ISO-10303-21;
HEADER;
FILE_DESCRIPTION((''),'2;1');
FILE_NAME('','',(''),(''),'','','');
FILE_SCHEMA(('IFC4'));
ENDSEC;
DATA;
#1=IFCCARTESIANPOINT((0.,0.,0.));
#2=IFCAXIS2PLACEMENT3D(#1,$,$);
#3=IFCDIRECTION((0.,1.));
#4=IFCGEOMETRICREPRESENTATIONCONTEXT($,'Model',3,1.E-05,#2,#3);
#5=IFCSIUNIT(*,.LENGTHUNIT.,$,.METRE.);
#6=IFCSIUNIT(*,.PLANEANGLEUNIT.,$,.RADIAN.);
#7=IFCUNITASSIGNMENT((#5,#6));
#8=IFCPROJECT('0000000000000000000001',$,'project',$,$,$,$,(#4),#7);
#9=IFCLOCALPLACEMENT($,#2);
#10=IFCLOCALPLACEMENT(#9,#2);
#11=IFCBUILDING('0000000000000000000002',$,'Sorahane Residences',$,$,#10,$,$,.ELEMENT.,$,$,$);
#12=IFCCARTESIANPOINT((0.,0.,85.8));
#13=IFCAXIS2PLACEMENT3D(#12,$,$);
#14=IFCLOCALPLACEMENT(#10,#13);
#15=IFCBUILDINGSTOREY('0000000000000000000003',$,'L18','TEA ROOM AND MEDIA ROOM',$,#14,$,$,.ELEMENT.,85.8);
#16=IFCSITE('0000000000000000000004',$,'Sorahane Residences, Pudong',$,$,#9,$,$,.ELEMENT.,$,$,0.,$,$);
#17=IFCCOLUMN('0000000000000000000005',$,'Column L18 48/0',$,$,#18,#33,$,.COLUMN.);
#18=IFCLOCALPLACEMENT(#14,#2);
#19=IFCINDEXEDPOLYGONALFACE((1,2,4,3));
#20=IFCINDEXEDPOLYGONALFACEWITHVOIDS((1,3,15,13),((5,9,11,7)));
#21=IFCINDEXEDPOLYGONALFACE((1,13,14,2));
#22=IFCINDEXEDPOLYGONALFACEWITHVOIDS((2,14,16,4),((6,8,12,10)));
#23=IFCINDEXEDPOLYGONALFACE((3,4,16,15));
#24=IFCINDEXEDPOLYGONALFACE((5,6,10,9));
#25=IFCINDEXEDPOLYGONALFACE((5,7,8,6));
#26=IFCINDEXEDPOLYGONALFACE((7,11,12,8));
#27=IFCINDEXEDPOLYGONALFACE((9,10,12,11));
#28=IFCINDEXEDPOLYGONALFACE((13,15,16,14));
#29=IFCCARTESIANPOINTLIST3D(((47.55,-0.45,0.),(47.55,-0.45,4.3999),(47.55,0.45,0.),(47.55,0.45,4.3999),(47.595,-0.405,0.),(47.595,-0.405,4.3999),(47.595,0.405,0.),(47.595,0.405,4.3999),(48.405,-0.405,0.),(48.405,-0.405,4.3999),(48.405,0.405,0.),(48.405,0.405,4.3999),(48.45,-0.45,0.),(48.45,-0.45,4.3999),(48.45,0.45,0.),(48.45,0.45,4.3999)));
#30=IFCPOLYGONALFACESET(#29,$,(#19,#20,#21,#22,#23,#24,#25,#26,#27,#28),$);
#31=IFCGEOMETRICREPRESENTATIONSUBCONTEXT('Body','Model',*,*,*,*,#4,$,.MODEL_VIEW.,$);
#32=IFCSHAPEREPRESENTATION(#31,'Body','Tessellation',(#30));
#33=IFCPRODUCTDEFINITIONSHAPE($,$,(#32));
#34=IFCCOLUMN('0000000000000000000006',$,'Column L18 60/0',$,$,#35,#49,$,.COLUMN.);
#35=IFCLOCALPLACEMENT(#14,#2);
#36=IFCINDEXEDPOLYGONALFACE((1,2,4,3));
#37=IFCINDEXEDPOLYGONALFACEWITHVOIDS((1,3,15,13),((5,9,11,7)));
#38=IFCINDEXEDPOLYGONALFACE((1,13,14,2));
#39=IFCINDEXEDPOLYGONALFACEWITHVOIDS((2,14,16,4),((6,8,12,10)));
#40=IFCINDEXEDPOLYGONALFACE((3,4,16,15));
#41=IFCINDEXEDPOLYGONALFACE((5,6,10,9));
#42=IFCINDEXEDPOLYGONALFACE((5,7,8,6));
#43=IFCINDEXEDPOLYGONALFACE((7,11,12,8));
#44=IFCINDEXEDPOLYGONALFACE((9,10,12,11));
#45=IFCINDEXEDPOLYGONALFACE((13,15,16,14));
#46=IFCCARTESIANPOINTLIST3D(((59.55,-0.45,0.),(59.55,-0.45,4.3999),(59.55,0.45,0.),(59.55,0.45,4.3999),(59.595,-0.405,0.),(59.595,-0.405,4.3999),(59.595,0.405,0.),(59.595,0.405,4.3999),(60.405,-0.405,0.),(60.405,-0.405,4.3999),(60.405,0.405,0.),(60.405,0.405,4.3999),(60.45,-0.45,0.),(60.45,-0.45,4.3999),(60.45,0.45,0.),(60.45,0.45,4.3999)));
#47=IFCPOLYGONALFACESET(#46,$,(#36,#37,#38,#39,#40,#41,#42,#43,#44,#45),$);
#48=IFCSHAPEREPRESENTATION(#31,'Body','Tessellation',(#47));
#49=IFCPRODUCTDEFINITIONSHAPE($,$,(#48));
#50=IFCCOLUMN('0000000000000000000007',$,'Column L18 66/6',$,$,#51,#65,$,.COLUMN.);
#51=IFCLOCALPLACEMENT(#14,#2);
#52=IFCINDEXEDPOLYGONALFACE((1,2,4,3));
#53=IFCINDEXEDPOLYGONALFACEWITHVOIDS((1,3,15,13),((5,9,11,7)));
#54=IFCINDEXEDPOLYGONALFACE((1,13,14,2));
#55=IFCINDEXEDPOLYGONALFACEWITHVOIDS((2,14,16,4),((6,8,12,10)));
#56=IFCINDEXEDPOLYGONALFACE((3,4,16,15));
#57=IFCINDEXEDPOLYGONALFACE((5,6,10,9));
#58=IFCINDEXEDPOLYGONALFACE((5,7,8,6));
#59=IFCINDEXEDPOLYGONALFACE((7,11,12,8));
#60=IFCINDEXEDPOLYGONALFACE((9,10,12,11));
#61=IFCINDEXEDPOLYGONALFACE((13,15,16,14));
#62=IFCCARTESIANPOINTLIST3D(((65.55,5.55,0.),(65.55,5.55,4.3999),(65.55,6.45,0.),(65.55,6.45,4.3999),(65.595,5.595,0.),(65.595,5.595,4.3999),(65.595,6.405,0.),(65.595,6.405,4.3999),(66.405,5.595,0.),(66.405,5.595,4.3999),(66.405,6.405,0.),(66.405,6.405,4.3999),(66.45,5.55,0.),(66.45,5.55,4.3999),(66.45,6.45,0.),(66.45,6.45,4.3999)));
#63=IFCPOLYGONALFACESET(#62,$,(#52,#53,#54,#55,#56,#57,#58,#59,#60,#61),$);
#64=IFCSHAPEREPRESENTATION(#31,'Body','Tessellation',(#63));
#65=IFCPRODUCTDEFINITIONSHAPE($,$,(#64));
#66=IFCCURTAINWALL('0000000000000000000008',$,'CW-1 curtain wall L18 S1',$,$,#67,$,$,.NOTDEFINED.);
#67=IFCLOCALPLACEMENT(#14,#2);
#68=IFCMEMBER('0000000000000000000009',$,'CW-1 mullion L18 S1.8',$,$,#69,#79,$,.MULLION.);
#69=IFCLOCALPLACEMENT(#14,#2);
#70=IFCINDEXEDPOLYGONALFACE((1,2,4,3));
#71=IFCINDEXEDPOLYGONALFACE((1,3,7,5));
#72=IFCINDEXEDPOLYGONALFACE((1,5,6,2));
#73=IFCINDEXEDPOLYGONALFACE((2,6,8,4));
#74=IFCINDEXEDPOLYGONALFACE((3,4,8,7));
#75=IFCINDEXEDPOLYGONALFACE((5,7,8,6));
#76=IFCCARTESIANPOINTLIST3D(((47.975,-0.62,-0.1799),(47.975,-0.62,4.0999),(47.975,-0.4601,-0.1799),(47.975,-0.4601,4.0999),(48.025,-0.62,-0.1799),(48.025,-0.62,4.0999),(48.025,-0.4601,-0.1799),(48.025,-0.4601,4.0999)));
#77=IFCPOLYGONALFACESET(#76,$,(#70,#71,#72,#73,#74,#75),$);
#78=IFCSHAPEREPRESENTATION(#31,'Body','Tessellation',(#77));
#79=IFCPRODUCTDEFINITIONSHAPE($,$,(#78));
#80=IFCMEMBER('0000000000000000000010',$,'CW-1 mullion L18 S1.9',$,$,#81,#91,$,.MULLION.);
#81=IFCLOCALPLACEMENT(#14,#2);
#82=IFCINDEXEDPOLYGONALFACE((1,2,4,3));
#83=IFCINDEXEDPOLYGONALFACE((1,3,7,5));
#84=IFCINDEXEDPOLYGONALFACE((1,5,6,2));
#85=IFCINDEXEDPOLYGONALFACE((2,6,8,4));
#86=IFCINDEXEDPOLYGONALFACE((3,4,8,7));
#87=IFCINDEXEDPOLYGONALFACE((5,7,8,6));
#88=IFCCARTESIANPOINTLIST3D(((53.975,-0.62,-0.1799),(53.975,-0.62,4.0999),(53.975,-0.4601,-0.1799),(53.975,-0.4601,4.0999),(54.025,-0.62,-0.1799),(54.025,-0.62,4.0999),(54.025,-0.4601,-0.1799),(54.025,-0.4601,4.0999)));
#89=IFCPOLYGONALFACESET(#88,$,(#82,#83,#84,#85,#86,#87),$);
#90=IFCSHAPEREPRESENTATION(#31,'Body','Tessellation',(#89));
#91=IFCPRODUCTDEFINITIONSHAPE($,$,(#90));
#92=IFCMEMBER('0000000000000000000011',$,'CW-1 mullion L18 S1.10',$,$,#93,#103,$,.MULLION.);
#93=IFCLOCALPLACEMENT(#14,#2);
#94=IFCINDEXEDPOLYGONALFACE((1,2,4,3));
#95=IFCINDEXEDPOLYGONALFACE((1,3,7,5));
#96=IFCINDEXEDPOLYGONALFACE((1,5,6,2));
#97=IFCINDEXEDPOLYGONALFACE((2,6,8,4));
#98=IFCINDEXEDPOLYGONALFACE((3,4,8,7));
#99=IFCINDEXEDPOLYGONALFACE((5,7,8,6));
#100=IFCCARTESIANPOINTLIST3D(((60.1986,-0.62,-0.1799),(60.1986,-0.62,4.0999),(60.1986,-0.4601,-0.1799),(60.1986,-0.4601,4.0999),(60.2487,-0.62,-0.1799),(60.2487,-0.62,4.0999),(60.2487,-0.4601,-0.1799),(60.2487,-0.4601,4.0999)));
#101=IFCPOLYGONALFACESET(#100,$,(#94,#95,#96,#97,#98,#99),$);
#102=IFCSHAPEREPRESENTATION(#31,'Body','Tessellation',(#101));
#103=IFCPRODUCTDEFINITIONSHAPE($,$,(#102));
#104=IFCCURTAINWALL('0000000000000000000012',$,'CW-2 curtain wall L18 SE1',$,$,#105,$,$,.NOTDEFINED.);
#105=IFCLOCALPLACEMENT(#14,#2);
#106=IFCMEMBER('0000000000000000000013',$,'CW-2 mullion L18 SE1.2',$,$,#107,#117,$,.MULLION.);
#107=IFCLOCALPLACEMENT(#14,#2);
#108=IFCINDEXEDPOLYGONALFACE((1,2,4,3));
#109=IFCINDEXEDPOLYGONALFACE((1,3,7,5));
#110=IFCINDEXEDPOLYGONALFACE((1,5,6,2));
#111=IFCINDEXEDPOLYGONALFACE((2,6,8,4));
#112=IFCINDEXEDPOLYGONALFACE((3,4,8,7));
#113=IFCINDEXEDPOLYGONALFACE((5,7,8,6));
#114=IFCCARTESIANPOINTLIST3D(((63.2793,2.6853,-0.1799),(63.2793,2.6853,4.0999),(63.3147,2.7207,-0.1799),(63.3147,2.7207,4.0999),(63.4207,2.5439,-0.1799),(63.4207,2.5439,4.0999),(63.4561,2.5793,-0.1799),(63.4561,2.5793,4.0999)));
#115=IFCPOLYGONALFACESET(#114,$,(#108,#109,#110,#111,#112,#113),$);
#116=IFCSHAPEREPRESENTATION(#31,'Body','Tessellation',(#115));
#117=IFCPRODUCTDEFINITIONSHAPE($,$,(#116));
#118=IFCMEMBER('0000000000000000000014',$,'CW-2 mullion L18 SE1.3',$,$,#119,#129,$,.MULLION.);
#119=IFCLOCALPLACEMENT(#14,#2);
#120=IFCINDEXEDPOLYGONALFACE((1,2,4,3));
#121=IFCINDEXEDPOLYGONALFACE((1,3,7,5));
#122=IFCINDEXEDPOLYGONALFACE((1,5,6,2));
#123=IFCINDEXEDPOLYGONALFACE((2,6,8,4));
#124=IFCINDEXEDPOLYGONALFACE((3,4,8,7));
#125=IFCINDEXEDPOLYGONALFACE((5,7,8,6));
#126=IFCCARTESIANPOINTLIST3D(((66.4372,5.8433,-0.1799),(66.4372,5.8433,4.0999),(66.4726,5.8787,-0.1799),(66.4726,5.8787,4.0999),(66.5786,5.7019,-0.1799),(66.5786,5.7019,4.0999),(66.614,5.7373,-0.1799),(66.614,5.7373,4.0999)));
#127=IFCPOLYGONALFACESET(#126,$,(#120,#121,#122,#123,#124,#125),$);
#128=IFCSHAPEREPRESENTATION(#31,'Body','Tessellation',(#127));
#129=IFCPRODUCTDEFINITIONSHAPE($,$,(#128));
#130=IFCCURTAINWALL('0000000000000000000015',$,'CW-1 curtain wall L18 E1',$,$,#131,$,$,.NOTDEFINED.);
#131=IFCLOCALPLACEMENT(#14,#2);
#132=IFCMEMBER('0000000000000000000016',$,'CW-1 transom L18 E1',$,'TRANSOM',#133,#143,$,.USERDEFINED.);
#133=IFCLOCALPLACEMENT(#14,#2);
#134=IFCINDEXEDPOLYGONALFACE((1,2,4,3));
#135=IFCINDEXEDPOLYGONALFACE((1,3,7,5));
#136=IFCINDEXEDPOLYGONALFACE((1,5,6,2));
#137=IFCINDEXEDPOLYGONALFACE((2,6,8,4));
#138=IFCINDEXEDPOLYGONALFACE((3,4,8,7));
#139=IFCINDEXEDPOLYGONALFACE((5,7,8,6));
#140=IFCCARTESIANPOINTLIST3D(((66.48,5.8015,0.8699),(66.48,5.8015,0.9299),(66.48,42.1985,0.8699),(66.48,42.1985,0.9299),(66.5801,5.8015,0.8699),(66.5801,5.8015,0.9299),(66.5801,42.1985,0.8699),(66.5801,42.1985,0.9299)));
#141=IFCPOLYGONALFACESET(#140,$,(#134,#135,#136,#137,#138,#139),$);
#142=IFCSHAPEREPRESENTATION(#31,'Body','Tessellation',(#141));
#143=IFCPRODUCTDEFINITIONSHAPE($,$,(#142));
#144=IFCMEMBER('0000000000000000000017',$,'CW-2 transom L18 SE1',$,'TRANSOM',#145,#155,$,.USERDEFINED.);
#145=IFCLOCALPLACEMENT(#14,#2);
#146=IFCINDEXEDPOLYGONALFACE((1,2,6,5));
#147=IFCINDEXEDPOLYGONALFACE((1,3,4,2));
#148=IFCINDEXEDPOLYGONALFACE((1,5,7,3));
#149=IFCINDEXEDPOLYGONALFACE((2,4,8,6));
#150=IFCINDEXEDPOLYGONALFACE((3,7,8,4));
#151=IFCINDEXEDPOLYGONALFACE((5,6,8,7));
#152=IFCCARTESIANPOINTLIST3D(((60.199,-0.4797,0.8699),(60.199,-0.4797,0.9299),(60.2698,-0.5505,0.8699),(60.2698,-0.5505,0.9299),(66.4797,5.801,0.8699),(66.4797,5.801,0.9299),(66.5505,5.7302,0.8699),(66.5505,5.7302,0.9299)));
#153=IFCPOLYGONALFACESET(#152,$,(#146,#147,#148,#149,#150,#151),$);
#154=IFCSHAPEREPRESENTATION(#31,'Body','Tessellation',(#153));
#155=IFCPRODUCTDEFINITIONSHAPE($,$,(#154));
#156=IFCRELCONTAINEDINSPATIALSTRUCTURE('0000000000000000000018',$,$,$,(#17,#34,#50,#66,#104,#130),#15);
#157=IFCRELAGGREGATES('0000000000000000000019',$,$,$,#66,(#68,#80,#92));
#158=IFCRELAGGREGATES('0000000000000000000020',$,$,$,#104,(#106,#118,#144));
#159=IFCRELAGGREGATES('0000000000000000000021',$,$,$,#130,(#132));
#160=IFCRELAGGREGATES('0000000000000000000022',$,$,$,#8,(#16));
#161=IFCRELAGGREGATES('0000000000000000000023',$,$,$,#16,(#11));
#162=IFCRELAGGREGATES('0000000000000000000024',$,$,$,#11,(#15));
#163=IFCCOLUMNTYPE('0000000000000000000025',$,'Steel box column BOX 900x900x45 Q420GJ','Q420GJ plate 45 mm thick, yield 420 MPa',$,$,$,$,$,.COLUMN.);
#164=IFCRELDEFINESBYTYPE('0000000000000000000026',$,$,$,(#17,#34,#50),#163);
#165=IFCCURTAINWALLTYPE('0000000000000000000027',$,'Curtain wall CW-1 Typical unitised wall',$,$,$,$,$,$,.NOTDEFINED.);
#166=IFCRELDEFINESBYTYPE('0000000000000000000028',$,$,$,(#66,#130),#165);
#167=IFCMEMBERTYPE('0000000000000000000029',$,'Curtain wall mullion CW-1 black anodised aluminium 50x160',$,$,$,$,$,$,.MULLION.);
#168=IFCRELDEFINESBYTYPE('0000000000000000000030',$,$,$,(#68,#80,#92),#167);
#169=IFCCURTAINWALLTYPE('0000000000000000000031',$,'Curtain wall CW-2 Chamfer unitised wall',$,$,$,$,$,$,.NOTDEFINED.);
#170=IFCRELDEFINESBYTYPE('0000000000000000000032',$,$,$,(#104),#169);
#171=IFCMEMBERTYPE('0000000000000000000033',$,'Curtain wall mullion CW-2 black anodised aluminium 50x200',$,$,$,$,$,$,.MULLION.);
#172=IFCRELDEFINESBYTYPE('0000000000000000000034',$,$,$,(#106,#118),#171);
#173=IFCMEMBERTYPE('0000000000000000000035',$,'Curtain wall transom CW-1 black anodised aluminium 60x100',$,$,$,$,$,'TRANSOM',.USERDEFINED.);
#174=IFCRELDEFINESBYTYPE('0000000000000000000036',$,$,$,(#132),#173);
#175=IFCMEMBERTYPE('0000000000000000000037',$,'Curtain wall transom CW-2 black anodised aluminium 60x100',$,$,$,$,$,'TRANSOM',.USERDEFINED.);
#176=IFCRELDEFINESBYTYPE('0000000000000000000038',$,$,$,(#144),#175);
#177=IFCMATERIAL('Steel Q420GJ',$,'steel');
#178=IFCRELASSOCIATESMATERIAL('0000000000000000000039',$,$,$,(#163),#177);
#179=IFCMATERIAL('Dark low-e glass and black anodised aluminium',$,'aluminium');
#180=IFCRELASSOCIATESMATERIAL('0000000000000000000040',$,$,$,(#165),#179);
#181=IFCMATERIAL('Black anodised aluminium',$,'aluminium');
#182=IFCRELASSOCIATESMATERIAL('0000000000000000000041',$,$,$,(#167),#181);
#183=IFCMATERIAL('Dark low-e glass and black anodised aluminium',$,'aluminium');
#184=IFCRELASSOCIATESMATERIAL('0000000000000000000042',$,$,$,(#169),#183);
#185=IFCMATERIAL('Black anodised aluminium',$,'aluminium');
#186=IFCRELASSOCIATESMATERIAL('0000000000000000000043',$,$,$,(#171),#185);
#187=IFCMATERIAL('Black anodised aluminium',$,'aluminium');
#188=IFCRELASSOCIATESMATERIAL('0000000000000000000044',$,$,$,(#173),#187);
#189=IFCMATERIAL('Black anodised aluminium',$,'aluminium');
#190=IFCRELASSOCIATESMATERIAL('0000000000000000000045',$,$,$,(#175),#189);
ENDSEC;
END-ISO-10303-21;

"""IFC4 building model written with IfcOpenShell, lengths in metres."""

from ifc_helpers import new_model, si_unit, direction, frame, origin, origin_2d, place, context, subcontext, project, spatial, rectangle, hollow_rectangle, extrude, material, material_profile, profile_set, type_object, element, aggregate, save


model = new_model("IFC4")

# Units and contexts
model_context = context("Model", 3, precision=1e-05, world=origin(), true_north=direction((0.0, 1.0)))
body_context = subcontext(model_context, "Body", "Model", "MODEL_VIEW")
ifc_project = project(units=[si_unit("LENGTHUNIT", "METRE"), si_unit("PLANEANGLEUNIT", "RADIAN")], contexts=[model_context])

# Site, building, storey
site_placement = place(None, origin())
site = spatial("IfcSite", under=ifc_project, at=site_placement, Name="Sorahane Residences, Pudong", CompositionType="ELEMENT", RefElevation=0.0)
building_placement = place(site_placement, origin())
building = spatial("IfcBuilding", under=site, at=building_placement, Name="Sorahane Residences", CompositionType="ELEMENT")
storey_placement = place(building_placement, frame((0.0, 0.0, 85.8)))
storey = spatial("IfcBuildingStorey", under=building, at=storey_placement, Name="L18", Description="TEA ROOM AND MEDIA ROOM", CompositionType="ELEMENT", Elevation=85.8)

# Columns
ifc_material_1 = material(Name="Steel Q420GJ", Category="steel")
ifc_material_profile_1 = material_profile(ifc_material_1, hollow_rectangle(XDim=0.8999, YDim=0.8999, WallThickness=0.0449, at=origin_2d()), Name="BOX 900x900x45")
ifc_profile_set_1 = profile_set([ifc_material_profile_1], Name="Steel Q420GJ")
column_type = type_object("IfcColumnType", Name="Steel box column BOX 900x900x45 Q420GJ", Description="Q420GJ plate 45 mm thick, yield 420 MPa", PredefinedType="COLUMN", material=ifc_profile_set_1)
for number, where, z_axis, x_axis, name in (
    (1, (48.0, 0.0, 0.0), (0.0, 0.0, 1.0), (1.0, 0.0, 0.0), "Column L18 48/0"),
    (2, (60.0, 0.0, 0.0), (0.0, 0.0, 1.0), (1.0, 0.0, 0.0), "Column L18 60/0"),
    (3, (66.0, 6.0, 0.0), (0.0, 0.0, 1.0), (1.0, 0.0, 0.0), "Column L18 66/6"),
):
    element("IfcColumn", number, at=place(storey_placement, frame(where, z_axis=z_axis, x_axis=x_axis)), inside=storey, type_object=column_type, Name=name, PredefinedType="COLUMN", context=body_context, shape_type="SweptSolid", body=[
        extrude(hollow_rectangle(XDim=0.8999, YDim=0.8999, WallThickness=0.0449, at=origin_2d()), origin(), (0.0, 0.0, 1.0), 4.3999),
    ])

# Curtain walls, members
ifc_material_2 = material(Name="Dark low-e glass and black anodised aluminium", Category="aluminium")
curtain_wall_type_1 = type_object("IfcCurtainWallType", Name="Curtain wall CW-1 Typical unitised wall", PredefinedType="NOTDEFINED", material=ifc_material_2)
curtain_wall_1_placement = place(storey_placement, origin())
curtain_wall_1 = element("IfcCurtainWall", 4, at=curtain_wall_1_placement, inside=storey, type_object=curtain_wall_type_1, Name="CW-1 curtain wall L18 S1", PredefinedType="NOTDEFINED")
ifc_material_3 = material(Name="Black anodised aluminium", Category="aluminium")
ifc_material_profile_2 = material_profile(ifc_material_3, rectangle(XDim=0.1599, YDim=0.05, at=origin_2d()), Name="Curtain wall mullion CW-1 black anodised aluminium 50x160")
ifc_profile_set_2 = profile_set([ifc_material_profile_2], Name="Black anodised aluminium")
member_type_1 = type_object("IfcMemberType", Name="Curtain wall mullion CW-1 black anodised aluminium 50x160", PredefinedType="MULLION", material=ifc_profile_set_2)
member_1_placement = place(storey_placement, frame((48.0, -0.54, -0.1799), z_axis=(0.0, 0.0, 1.0), x_axis=(0.0, -1.0, 0.0)))
member_1 = element("IfcMember", 5, at=member_1_placement, type_object=member_type_1, Name="CW-1 mullion L18 S1.8", PredefinedType="MULLION", context=body_context, shape_type="SweptSolid", body=[
    extrude(rectangle(XDim=0.1599, YDim=0.05, at=origin_2d()), origin(), (0.0, 0.0, 1.0), 4.2798),
])
member_2_placement = place(storey_placement, frame((54.0, -0.54, -0.1799), z_axis=(0.0, 0.0, 1.0), x_axis=(0.0, -1.0, 0.0)))
member_2 = element("IfcMember", 6, at=member_2_placement, type_object=member_type_1, Name="CW-1 mullion L18 S1.9", PredefinedType="MULLION", context=body_context, shape_type="SweptSolid", body=[
    extrude(rectangle(XDim=0.1599, YDim=0.05, at=origin_2d()), origin(), (0.0, 0.0, 1.0), 4.2798),
])
member_3_placement = place(storey_placement, frame((60.2236, -0.54, -0.1799), z_axis=(0.0, 0.0, 1.0), x_axis=(0.0, -1.0, 0.0)))
member_3 = element("IfcMember", 7, at=member_3_placement, type_object=member_type_1, Name="CW-1 mullion L18 S1.10", PredefinedType="MULLION", context=body_context, shape_type="SweptSolid", body=[
    extrude(rectangle(XDim=0.1599, YDim=0.05, at=origin_2d()), origin(), (0.0, 0.0, 1.0), 4.2798),
])
ifc_material_4 = material(Name="Dark low-e glass and black anodised aluminium", Category="aluminium")
curtain_wall_type_2 = type_object("IfcCurtainWallType", Name="Curtain wall CW-2 Chamfer unitised wall", PredefinedType="NOTDEFINED", material=ifc_material_4)
curtain_wall_2_placement = place(storey_placement, origin())
curtain_wall_2 = element("IfcCurtainWall", 8, at=curtain_wall_2_placement, inside=storey, type_object=curtain_wall_type_2, Name="CW-2 curtain wall L18 SE1", PredefinedType="NOTDEFINED")
ifc_material_5 = material(Name="Black anodised aluminium", Category="aluminium")
ifc_material_profile_3 = material_profile(ifc_material_5, rectangle(XDim=0.2, YDim=0.05, at=origin_2d()), Name="Curtain wall mullion CW-2 black anodised aluminium 50x200")
ifc_profile_set_3 = profile_set([ifc_material_profile_3], Name="Black anodised aluminium")
member_type_2 = type_object("IfcMemberType", Name="Curtain wall mullion CW-2 black anodised aluminium 50x200", PredefinedType="MULLION", material=ifc_profile_set_3)
member_4_placement = place(storey_placement, frame((63.3677, 2.6323, -0.1799), z_axis=(0.0, 0.0, 1.0), x_axis=(0.707107, -0.707107, 0.0)))
member_4 = element("IfcMember", 9, at=member_4_placement, type_object=member_type_2, Name="CW-2 mullion L18 SE1.2", PredefinedType="MULLION", context=body_context, shape_type="SweptSolid", body=[
    extrude(rectangle(XDim=0.2, YDim=0.05, at=origin_2d()), origin(), (0.0, 0.0, 1.0), 4.2798),
])
member_5_placement = place(storey_placement, frame((66.5256, 5.7903, -0.1799), z_axis=(0.0, 0.0, 1.0), x_axis=(0.707107, -0.707107, 0.0)))
member_5 = element("IfcMember", 10, at=member_5_placement, type_object=member_type_2, Name="CW-2 mullion L18 SE1.3", PredefinedType="MULLION", context=body_context, shape_type="SweptSolid", body=[
    extrude(rectangle(XDim=0.2, YDim=0.05, at=origin_2d()), origin(), (0.0, 0.0, 1.0), 4.2798),
])

# Curtain wall, member
curtain_wall_3_placement = place(storey_placement, origin())
curtain_wall_3 = element("IfcCurtainWall", 11, at=curtain_wall_3_placement, inside=storey, type_object=curtain_wall_type_1, Name="CW-1 curtain wall L18 E1", PredefinedType="NOTDEFINED")
ifc_material_6 = material(Name="Black anodised aluminium", Category="aluminium")
ifc_material_profile_4 = material_profile(ifc_material_6, rectangle(XDim=0.1001, YDim=0.0601, at=origin_2d()), Name="Curtain wall transom CW-1 black anodised aluminium 60x100")
ifc_profile_set_4 = profile_set([ifc_material_profile_4], Name="Black anodised aluminium")
member_type_3 = type_object("IfcMemberType", Name="Curtain wall transom CW-1 black anodised aluminium 60x100", ElementType="TRANSOM", PredefinedType="USERDEFINED", material=ifc_profile_set_4)
member_6_placement = place(storey_placement, frame((66.53, 5.8015, 0.8999), z_axis=(0.0, 1.0, 0.0), x_axis=(-1.0, 0.0, 0.0)))
member_6 = element("IfcMember", 12, at=member_6_placement, type_object=member_type_3, Name="CW-1 transom L18 E1", ObjectType="TRANSOM", PredefinedType="USERDEFINED", context=body_context, shape_type="SweptSolid", body=[
    extrude(rectangle(XDim=0.1001, YDim=0.0601, at=origin_2d()), origin(), (0.0, 0.0, 1.0), 36.397),
])

# Member
ifc_material_7 = material(Name="Black anodised aluminium", Category="aluminium")
ifc_material_profile_5 = material_profile(ifc_material_7, rectangle(XDim=0.1001, YDim=0.0601, at=origin_2d()), Name="Curtain wall transom CW-2 black anodised aluminium 60x100")
ifc_profile_set_5 = profile_set([ifc_material_profile_5], Name="Black anodised aluminium")
member_type_4 = type_object("IfcMemberType", Name="Curtain wall transom CW-2 black anodised aluminium 60x100", ElementType="TRANSOM", PredefinedType="USERDEFINED", material=ifc_profile_set_5)
member_7_placement = place(storey_placement, frame((60.2344, -0.5151, 0.8999), z_axis=(0.707107, 0.707107, 0.0), x_axis=(-0.707107, 0.707107, 0.0)))
member_7 = element("IfcMember", 13, at=member_7_placement, type_object=member_type_4, Name="CW-2 transom L18 SE1", ObjectType="TRANSOM", PredefinedType="USERDEFINED", context=body_context, shape_type="SweptSolid", body=[
    extrude(rectangle(XDim=0.1001, YDim=0.0601, at=origin_2d()), origin(), (0.0, 0.0, 1.0), 8.8823),
])

aggregate(curtain_wall_1, [member_1, member_2, member_3])
aggregate(curtain_wall_2, [member_4, member_5, member_7])
aggregate(curtain_wall_3, [member_6])

save(model, "model.ifc")
